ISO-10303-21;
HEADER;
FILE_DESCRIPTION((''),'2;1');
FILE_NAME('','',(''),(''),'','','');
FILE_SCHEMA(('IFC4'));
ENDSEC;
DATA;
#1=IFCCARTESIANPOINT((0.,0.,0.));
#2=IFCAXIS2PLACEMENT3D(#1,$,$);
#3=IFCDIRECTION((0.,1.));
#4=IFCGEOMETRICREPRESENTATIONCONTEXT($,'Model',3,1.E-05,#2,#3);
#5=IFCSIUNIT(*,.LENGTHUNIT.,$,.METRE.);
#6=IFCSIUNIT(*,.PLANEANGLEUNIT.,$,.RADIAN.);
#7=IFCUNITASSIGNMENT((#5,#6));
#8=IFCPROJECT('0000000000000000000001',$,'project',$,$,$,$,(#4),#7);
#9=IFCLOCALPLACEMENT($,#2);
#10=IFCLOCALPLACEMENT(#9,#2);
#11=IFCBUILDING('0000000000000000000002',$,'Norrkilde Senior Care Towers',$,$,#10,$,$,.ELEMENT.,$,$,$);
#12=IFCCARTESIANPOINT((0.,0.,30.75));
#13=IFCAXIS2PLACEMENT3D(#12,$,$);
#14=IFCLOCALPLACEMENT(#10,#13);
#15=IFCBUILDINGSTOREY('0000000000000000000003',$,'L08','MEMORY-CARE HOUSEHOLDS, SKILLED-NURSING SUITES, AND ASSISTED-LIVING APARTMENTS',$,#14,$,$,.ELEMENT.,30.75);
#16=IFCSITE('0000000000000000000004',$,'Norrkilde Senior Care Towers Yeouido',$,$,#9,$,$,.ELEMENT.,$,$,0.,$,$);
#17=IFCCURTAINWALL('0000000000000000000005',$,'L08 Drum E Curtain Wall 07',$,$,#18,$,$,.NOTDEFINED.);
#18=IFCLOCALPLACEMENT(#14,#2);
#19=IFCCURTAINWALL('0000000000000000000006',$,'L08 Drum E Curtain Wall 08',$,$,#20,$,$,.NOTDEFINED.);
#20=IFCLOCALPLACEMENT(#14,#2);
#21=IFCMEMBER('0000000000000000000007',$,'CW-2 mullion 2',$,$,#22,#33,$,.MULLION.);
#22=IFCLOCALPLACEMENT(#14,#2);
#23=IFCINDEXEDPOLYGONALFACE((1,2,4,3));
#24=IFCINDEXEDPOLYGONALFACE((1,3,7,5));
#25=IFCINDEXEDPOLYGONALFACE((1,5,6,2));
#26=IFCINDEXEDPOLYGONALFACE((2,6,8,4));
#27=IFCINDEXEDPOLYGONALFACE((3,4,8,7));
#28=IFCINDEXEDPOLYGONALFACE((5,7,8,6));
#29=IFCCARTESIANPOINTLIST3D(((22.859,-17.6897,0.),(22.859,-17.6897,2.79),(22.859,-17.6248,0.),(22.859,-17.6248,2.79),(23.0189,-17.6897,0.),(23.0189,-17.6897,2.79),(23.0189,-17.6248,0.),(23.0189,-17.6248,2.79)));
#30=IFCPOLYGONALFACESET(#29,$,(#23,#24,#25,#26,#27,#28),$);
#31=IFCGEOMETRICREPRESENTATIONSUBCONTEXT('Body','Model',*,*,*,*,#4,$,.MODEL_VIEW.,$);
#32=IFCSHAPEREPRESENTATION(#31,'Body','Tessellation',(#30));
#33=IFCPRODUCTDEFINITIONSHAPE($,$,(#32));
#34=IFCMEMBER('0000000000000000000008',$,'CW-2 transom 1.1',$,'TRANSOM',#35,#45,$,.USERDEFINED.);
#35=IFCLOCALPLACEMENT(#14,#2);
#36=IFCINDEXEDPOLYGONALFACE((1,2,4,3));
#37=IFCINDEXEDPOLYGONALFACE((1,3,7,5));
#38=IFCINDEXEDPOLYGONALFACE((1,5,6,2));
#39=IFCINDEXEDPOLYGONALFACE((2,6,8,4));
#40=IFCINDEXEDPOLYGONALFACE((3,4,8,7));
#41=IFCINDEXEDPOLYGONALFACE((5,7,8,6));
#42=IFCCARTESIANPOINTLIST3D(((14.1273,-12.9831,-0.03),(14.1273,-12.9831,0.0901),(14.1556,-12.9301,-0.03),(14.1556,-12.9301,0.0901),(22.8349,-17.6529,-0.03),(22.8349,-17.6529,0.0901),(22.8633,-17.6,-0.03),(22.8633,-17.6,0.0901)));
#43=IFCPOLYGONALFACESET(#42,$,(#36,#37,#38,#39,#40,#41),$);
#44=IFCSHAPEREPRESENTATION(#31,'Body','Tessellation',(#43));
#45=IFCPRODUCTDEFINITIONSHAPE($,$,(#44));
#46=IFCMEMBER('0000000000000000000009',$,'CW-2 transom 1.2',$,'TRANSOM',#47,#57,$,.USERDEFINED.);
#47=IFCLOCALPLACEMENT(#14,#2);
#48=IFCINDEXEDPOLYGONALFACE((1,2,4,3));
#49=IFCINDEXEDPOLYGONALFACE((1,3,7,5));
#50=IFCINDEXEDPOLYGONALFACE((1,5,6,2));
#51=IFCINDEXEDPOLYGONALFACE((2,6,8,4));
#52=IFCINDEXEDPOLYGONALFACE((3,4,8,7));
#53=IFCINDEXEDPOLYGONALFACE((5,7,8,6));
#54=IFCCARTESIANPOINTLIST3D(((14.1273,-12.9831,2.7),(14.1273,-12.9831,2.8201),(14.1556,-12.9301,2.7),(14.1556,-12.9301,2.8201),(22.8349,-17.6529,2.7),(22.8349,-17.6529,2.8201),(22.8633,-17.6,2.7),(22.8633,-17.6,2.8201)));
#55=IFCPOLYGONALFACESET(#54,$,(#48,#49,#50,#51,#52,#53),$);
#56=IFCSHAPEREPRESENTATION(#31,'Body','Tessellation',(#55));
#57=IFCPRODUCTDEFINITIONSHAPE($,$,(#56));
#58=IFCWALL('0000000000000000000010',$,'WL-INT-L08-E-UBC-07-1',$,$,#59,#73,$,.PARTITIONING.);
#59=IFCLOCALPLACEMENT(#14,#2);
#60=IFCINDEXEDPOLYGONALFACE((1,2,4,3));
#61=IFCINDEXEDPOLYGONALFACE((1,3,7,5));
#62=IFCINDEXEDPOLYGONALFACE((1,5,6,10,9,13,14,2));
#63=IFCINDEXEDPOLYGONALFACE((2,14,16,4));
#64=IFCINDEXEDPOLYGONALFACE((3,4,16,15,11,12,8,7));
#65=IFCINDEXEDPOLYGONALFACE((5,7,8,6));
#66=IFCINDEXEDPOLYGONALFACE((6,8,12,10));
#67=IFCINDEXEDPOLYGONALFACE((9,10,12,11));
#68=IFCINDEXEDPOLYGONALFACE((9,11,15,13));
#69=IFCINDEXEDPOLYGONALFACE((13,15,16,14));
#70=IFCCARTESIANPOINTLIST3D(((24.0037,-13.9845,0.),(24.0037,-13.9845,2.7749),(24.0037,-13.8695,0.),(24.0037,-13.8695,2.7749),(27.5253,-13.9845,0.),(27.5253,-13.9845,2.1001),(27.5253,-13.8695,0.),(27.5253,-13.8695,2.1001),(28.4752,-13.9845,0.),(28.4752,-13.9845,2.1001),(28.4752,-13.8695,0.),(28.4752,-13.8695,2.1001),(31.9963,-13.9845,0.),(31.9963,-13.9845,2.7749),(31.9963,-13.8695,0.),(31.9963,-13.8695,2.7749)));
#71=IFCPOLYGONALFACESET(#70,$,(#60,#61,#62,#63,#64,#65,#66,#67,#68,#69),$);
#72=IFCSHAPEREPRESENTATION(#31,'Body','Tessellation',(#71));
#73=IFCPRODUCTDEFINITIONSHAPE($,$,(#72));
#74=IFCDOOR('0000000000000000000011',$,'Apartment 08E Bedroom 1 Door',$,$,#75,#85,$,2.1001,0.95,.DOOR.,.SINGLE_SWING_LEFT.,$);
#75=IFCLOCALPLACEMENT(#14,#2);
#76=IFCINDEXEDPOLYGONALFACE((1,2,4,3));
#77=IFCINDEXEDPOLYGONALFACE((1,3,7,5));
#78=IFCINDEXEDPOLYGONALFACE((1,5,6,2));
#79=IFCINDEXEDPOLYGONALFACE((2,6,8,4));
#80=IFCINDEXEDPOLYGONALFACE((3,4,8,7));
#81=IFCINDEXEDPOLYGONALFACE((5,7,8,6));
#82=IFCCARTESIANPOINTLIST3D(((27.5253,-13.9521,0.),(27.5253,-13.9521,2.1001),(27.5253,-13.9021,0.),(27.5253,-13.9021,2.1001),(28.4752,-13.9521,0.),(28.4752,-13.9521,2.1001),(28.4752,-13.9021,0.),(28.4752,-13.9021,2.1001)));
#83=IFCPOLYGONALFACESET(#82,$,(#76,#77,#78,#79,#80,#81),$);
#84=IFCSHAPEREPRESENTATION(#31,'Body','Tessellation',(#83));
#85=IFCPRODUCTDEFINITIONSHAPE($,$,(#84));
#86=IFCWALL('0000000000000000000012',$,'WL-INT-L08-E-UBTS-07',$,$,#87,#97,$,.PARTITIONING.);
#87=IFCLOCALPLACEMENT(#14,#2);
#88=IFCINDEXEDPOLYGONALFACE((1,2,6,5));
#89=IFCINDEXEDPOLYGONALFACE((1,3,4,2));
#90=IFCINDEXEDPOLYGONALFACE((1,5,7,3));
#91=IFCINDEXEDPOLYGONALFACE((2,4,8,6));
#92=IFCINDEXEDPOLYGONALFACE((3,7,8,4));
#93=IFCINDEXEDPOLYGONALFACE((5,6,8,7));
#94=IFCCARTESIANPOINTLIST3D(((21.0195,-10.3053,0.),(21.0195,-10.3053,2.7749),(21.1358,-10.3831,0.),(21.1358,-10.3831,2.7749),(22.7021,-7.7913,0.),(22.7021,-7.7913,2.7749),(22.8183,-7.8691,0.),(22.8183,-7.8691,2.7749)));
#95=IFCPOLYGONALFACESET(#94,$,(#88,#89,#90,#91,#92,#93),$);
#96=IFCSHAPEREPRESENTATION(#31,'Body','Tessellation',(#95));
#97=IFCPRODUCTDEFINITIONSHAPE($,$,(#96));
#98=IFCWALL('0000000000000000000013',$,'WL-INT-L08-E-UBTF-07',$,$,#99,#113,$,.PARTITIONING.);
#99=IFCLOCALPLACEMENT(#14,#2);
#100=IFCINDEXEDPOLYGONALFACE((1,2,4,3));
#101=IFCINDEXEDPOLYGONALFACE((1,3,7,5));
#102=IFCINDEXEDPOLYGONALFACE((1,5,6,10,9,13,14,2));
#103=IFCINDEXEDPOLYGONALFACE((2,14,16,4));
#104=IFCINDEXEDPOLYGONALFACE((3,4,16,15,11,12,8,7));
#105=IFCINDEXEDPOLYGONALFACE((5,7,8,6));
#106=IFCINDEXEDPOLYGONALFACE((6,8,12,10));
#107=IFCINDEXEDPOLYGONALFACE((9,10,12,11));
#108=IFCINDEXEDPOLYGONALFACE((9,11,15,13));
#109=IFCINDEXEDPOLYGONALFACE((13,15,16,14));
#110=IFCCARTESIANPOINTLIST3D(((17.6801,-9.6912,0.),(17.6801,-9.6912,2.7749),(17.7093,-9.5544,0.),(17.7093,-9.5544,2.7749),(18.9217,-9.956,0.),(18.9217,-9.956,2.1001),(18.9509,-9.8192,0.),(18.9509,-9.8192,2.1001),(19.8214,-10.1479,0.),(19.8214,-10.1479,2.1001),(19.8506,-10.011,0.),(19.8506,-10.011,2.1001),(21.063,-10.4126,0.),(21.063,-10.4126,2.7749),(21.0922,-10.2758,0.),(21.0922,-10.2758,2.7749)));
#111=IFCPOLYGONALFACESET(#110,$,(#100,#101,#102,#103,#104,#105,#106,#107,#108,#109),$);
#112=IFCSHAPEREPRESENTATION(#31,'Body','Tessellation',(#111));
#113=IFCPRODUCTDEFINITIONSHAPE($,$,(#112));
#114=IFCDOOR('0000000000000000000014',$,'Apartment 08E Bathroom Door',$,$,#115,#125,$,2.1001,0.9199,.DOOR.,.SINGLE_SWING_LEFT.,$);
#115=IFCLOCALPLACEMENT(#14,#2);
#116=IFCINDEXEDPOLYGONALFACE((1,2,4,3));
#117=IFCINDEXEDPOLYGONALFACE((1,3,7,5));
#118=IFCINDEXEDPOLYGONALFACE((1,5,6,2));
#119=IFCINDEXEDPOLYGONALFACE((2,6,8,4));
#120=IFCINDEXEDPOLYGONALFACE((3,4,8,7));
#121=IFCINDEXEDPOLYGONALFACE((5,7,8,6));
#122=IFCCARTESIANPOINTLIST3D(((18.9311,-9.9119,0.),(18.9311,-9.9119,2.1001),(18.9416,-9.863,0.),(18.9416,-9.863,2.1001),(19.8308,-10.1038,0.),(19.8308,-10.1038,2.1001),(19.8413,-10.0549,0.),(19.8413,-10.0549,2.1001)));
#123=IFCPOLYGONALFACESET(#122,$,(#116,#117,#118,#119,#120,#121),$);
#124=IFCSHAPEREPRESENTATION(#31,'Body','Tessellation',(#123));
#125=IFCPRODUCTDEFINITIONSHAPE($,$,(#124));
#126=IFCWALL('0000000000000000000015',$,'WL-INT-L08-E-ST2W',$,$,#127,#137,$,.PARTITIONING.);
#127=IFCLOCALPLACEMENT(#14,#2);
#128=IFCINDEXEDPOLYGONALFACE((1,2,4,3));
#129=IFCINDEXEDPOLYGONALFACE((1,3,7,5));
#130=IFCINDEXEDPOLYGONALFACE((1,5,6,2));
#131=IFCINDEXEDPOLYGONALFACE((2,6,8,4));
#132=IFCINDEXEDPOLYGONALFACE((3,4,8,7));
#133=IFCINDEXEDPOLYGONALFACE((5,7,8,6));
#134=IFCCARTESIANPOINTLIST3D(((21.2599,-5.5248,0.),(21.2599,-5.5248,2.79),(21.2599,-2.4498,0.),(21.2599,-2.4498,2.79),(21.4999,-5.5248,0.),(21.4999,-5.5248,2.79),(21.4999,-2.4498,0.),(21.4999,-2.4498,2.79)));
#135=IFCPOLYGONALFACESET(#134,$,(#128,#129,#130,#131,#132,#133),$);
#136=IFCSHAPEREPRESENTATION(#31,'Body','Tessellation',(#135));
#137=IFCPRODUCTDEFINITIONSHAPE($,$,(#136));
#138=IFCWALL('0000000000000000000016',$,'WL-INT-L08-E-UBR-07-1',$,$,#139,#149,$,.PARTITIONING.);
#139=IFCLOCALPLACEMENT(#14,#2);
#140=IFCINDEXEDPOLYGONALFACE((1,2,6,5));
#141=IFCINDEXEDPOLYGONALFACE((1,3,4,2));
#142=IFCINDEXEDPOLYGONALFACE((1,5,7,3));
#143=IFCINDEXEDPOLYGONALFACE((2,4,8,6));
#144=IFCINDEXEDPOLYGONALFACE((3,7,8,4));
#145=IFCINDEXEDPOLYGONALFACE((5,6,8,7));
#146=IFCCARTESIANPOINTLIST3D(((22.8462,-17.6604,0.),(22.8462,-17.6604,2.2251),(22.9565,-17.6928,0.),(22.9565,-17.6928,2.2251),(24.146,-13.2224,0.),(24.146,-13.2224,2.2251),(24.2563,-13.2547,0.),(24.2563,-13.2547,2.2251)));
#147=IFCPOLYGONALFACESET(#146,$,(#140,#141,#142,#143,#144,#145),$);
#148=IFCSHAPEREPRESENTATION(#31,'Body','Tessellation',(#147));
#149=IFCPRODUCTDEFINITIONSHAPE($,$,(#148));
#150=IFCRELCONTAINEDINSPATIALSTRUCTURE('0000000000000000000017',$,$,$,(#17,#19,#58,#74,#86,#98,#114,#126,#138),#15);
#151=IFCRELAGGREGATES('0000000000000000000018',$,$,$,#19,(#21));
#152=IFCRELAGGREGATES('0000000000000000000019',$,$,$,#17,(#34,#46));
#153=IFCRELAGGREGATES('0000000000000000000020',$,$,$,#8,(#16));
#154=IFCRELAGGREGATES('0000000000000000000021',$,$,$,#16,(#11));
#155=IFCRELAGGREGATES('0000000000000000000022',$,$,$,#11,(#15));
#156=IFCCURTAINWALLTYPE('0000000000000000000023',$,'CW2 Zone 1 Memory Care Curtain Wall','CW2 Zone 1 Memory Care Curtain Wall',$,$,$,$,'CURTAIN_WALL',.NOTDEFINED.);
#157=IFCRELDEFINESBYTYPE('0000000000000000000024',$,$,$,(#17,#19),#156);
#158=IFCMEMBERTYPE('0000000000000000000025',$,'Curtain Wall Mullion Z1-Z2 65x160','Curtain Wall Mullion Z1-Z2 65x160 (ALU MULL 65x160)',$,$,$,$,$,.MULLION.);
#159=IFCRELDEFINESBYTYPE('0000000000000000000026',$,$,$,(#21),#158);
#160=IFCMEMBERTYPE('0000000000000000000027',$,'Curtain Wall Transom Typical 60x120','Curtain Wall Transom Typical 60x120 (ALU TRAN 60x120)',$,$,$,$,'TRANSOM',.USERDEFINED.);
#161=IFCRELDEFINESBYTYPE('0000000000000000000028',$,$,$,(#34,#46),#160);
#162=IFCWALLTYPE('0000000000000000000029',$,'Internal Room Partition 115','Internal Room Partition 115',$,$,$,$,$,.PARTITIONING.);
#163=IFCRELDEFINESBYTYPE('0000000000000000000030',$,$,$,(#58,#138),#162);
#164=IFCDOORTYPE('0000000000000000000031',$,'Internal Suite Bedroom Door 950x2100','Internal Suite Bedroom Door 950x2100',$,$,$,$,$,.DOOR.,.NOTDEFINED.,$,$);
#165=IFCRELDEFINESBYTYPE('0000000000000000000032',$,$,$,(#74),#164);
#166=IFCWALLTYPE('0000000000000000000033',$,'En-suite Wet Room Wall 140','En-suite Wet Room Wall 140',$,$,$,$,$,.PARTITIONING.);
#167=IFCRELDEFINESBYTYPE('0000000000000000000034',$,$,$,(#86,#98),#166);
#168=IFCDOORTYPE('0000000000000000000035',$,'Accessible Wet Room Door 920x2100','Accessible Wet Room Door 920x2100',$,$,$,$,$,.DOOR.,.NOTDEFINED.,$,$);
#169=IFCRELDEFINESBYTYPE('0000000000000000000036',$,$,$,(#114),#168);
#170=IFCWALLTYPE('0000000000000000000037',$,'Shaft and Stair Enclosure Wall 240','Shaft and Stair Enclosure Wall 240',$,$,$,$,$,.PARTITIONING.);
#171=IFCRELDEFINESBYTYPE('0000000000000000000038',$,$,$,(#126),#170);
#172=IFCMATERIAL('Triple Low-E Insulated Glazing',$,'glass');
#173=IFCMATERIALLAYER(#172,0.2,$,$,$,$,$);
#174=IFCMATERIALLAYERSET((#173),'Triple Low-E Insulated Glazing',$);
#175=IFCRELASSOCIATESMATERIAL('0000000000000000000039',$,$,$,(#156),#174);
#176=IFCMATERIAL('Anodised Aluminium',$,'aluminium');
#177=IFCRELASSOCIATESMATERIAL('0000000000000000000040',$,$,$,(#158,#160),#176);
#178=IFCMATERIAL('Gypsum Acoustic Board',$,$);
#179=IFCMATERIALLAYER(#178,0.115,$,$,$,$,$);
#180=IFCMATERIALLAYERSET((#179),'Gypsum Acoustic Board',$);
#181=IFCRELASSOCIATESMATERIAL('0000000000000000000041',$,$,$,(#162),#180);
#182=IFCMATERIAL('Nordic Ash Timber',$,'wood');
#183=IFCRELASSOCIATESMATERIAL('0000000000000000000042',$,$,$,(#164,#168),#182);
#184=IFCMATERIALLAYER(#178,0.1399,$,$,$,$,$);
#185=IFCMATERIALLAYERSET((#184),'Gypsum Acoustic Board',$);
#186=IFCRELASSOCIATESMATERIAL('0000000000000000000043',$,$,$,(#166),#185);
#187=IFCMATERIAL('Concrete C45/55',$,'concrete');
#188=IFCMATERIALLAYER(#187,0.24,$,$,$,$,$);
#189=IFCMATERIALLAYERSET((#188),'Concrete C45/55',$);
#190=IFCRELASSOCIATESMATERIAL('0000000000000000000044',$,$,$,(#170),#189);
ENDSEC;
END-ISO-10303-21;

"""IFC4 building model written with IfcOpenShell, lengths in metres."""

from ifc_helpers import new_model, si_unit, direction, frame, frame_2d, origin, origin_2d, place, context, subcontext, project, spatial, rectangle, extrude, source, transform, mapped, material, layer, layer_set, material_profile, profile_set, type_object, type_shapes, element, fill, aggregate, save


model = new_model("IFC4")

# Units and contexts
model_context = context("Model", 3, precision=1e-05, world=origin(), true_north=direction((0.0, 1.0)))
body_context = subcontext(model_context, "Body", "Model", "MODEL_VIEW")
ifc_project = project(units=[si_unit("LENGTHUNIT", "METRE"), si_unit("PLANEANGLEUNIT", "RADIAN")], contexts=[model_context])

# Site, building, storey
site_placement = place(None, origin())
site = spatial("IfcSite", under=ifc_project, at=site_placement, Name="Norrkilde Senior Care Towers Yeouido", CompositionType="ELEMENT", RefElevation=0.0)
building_placement = place(site_placement, origin())
building = spatial("IfcBuilding", under=site, at=building_placement, Name="Norrkilde Senior Care Towers", CompositionType="ELEMENT")
storey_placement = place(building_placement, frame((0.0, 0.0, 30.75)))
storey = spatial("IfcBuildingStorey", under=building, at=storey_placement, Name="L08", Description="MEMORY-CARE HOUSEHOLDS, SKILLED-NURSING SUITES, AND ASSISTED-LIVING APARTMENTS", CompositionType="ELEMENT", Elevation=30.75)

# Curtain walls, member
ifc_material_1 = material(Name="Triple Low-E Insulated Glazing", Category="glass")
ifc_layer_1 = layer(ifc_material_1, 0.2)
ifc_layer_set_1 = layer_set([ifc_layer_1], Name="Triple Low-E Insulated Glazing")
curtain_wall_type = type_object("IfcCurtainWallType", Name="CW2 Zone 1 Memory Care Curtain Wall", Description="CW2 Zone 1 Memory Care Curtain Wall", ElementType="CURTAIN_WALL", PredefinedType="NOTDEFINED", material=ifc_layer_set_1)
curtain_wall_1_placement = place(storey_placement, origin())
curtain_wall_1 = element("IfcCurtainWall", 1, at=curtain_wall_1_placement, inside=storey, type_object=curtain_wall_type, Name="L08 Drum E Curtain Wall 07", PredefinedType="NOTDEFINED")
ifc_material_2 = material(Name="Anodised Aluminium", Category="aluminium")
ifc_material_profile_1 = material_profile(ifc_material_2, rectangle(XDim=0.0649, YDim=0.1599, at=origin_2d()), Name="ALU MULL 65x160")
ifc_profile_set_1 = profile_set([ifc_material_profile_1], Name="Anodised Aluminium")
member_type_1 = type_object("IfcMemberType", Name="Curtain Wall Mullion Z1-Z2 65x160", Description="Curtain Wall Mullion Z1-Z2 65x160 (ALU MULL 65x160)", PredefinedType="MULLION", material=ifc_profile_set_1)
shared_shape_1 = source(origin(), body_context, "Body", "SweptSolid", [
    extrude(rectangle(XDim=0.0649, YDim=0.1599, at=origin_2d()), origin(), (0.0, 0.0, 1.0), 2.79),
])
type_shapes(member_type_1, [shared_shape_1])
curtain_wall_2_placement = place(storey_placement, origin())
curtain_wall_2 = element("IfcCurtainWall", 2, at=curtain_wall_2_placement, inside=storey, type_object=curtain_wall_type, Name="L08 Drum E Curtain Wall 08", PredefinedType="NOTDEFINED")
member_1_placement = place(storey_placement, frame((22.939, -17.6572, 0.0), z_axis=(0.0, 0.0, 1.0), x_axis=(0.0, -1.0, 0.0)))
member_1 = element("IfcMember", 3, at=member_1_placement, type_object=member_type_1, Name="CW-2 mullion 2", PredefinedType="MULLION", context=body_context, shape_type="MappedRepresentation", body=[
    mapped(shared_shape_1, transform((0.0, 0.0, 0.0), x_axis=(1.0, 0.0, 0.0), y_axis=(0.0, 1.0, 0.0), z_axis=(0.0, 0.0, 1.0), scale=1.0)),
])
aggregate(curtain_wall_2, [member_1])

# Members
ifc_material_profile_2 = material_profile(ifc_material_2, rectangle(XDim=0.0601, YDim=0.1201, at=origin_2d()), Name="ALU TRAN 60x120")
ifc_profile_set_2 = profile_set([ifc_material_profile_2], Name="Anodised Aluminium")
member_type_2 = type_object("IfcMemberType", Name="Curtain Wall Transom Typical 60x120", Description="Curtain Wall Transom Typical 60x120 (ALU TRAN 60x120)", ElementType="TRANSOM", PredefinedType="USERDEFINED", material=ifc_profile_set_2)
shared_shape_2 = source(origin(), body_context, "Body", "SweptSolid", [
    extrude(rectangle(XDim=0.0601, YDim=0.1201, at=origin_2d()), origin(), (0.0, 0.0, 1.0), 9.8809),
])
type_shapes(member_type_2, [shared_shape_2])
member_2_placement = place(storey_placement, frame((22.8491, -17.6265, 0.03), z_axis=(-0.881267, 0.472618, 0.0), x_axis=(-0.472618, -0.881267, 0.0)))
member_2 = element("IfcMember", 4, at=member_2_placement, type_object=member_type_2, Name="CW-2 transom 1.1", ObjectType="TRANSOM", PredefinedType="USERDEFINED", context=body_context, shape_type="MappedRepresentation", body=[
    mapped(shared_shape_2, transform((0.0, 0.0, 0.0), x_axis=(1.0, 0.0, 0.0), y_axis=(0.0, 1.0, 0.0), z_axis=(0.0, 0.0, 1.0), scale=1.0)),
])
member_3_placement = place(storey_placement, frame((22.8491, -17.6265, 2.76), z_axis=(-0.881267, 0.472618, 0.0), x_axis=(-0.472618, -0.881267, 0.0)))
member_3 = element("IfcMember", 5, at=member_3_placement, type_object=member_type_2, Name="CW-2 transom 1.2", ObjectType="TRANSOM", PredefinedType="USERDEFINED", context=body_context, shape_type="MappedRepresentation", body=[
    mapped(shared_shape_2, transform((0.0, 0.0, 0.0), x_axis=(1.0, 0.0, 0.0), y_axis=(0.0, 1.0, 0.0), z_axis=(0.0, 0.0, 1.0), scale=1.0)),
])
aggregate(curtain_wall_1, [member_2, member_3])

# Wall, opening, door
ifc_material_3 = material(Name="Gypsum Acoustic Board")
ifc_layer_2 = layer(ifc_material_3, 0.115)
ifc_layer_set_2 = layer_set([ifc_layer_2], Name="Gypsum Acoustic Board")
wall_type_1 = type_object("IfcWallType", Name="Internal Room Partition 115", Description="Internal Room Partition 115", PredefinedType="PARTITIONING", material=ifc_layer_set_2)
shared_shape_3 = source(origin(), body_context, "Body", "SweptSolid", [
    extrude(rectangle(XDim=7.9927, YDim=0.115, at=frame_2d((3.9963, 0.0))), origin(), (0.0, 0.0, 1.0), 2.7749),
])
wall_1_placement = place(storey_placement, frame((24.0037, -13.927, 0.0), z_axis=(0.0, 0.0, 1.0), x_axis=(1.0, 0.0, 0.0)))
wall_1 = element("IfcWall", 6, at=wall_1_placement, inside=storey, type_object=wall_type_1, Name="WL-INT-L08-E-UBC-07-1", PredefinedType="PARTITIONING", context=body_context, shape_type="MappedRepresentation", body=[
    mapped(shared_shape_3, transform((0.0, 0.0, 0.0), x_axis=(1.0, 0.0, 0.0), y_axis=(0.0, 1.0, 0.0), z_axis=(0.0, 0.0, 1.0), scale=1.0)),
])
opening_1_placement = place(wall_1_placement, frame((3.5215, 0.0, 0.0)))
opening_1 = element("IfcOpeningElement", 7, at=opening_1_placement, cuts=wall_1, PredefinedType="OPENING", context=body_context, shape_type="SweptSolid", body=[
    extrude(rectangle(XDim=0.95, YDim=2.1001, at=frame_2d((0.4751, 1.05))), frame((0.0, 0.0674, 0.0), z_axis=(0.0, -1.0, 0.0), x_axis=(1.0, 0.0, 0.0)), (0.0, 0.0, 1.0), 0.135),
])
ifc_material_4 = material(Name="Nordic Ash Timber", Category="wood")
door_type_1 = type_object("IfcDoorType", Name="Internal Suite Bedroom Door 950x2100", Description="Internal Suite Bedroom Door 950x2100", OperationType="NOTDEFINED", PredefinedType="DOOR", material=ifc_material_4)
shared_shape_4 = source(origin(), body_context, "Body", "SweptSolid", [
    extrude(rectangle(XDim=0.95, YDim=2.1001, at=frame_2d((0.4751, 1.05))), frame((0.0, 0.0249, 0.0), z_axis=(0.0, -1.0, 0.0), x_axis=(1.0, 0.0, 0.0)), (0.0, 0.0, 1.0), 0.05),
])
type_shapes(door_type_1, [shared_shape_4])
door_1_placement = place(opening_1_placement, origin())
door_1 = element("IfcDoor", 8, at=door_1_placement, inside=storey, type_object=door_type_1, Name="Apartment 08E Bedroom 1 Door", OperationType="SINGLE_SWING_LEFT", OverallHeight=2.1001, OverallWidth=0.95, PredefinedType="DOOR", context=body_context, shape_type="MappedRepresentation", body=[
    mapped(shared_shape_4, transform((0.0, 0.0, 0.0), x_axis=(1.0, 0.0, 0.0), y_axis=(0.0, 1.0, 0.0), z_axis=(0.0, 0.0, 1.0), scale=1.0)),
])
fill(opening_1, door_1)

# Wall
ifc_layer_3 = layer(ifc_material_3, 0.1399)
ifc_layer_set_3 = layer_set([ifc_layer_3], Name="Gypsum Acoustic Board")
wall_type_2 = type_object("IfcWallType", Name="En-suite Wet Room Wall 140", Description="En-suite Wet Room Wall 140", PredefinedType="PARTITIONING", material=ifc_layer_set_3)
shared_shape_5 = source(origin(), body_context, "Body", "SweptSolid", [
    extrude(rectangle(XDim=3.0251, YDim=0.1399, at=frame_2d((1.5127, 0.0))), origin(), (0.0, 0.0, 1.0), 2.7749),
])
wall_2_placement = place(storey_placement, frame((22.7603, -7.8301, 0.0), z_axis=(0.0, 0.0, 1.0), x_axis=(-0.556189, -0.831056, 0.0)))
element("IfcWall", 9, at=wall_2_placement, inside=storey, type_object=wall_type_2, Name="WL-INT-L08-E-UBTS-07", PredefinedType="PARTITIONING", context=body_context, shape_type="MappedRepresentation", body=[
    mapped(shared_shape_5, transform((0.0, 0.0, 0.0), x_axis=(1.0, 0.0, 0.0), y_axis=(0.0, 1.0, 0.0), z_axis=(0.0, 0.0, 1.0), scale=1.0)),
])

# Wall, opening, door
shared_shape_6 = source(origin(), body_context, "Body", "SweptSolid", [
    extrude(rectangle(XDim=3.459, YDim=0.1399, at=frame_2d((1.7295, 0.0))), origin(), (0.0, 0.0, 1.0), 2.7749),
])
type_shapes(wall_type_2, [shared_shape_5, shared_shape_6])
wall_3_placement = place(storey_placement, frame((21.0776, -10.3442, 0.0), z_axis=(0.0, 0.0, 1.0), x_axis=(-0.978006, 0.208575, 0.0)))
wall_3 = element("IfcWall", 10, at=wall_3_placement, inside=storey, type_object=wall_type_2, Name="WL-INT-L08-E-UBTF-07", PredefinedType="PARTITIONING", context=body_context, shape_type="MappedRepresentation", body=[
    mapped(shared_shape_6, transform((0.0, 0.0, 0.0), x_axis=(1.0, 0.0, 0.0), y_axis=(0.0, 1.0, 0.0), z_axis=(0.0, 0.0, 1.0), scale=1.0)),
])
opening_2_placement = place(wall_3_placement, frame((1.2695, 0.0, 0.0)))
opening_2 = element("IfcOpeningElement", 11, at=opening_2_placement, cuts=wall_3, PredefinedType="OPENING", context=body_context, shape_type="SweptSolid", body=[
    extrude(rectangle(XDim=0.9199, YDim=2.1001, at=frame_2d((0.46, 1.05))), frame((0.0, 0.0798, 0.0), z_axis=(0.0, -1.0, 0.0), x_axis=(1.0, 0.0, 0.0)), (0.0, 0.0, 1.0), 0.1599),
])
door_type_2 = type_object("IfcDoorType", Name="Accessible Wet Room Door 920x2100", Description="Accessible Wet Room Door 920x2100", OperationType="NOTDEFINED", PredefinedType="DOOR", material=ifc_material_4)
shared_shape_7 = source(origin(), body_context, "Body", "SweptSolid", [
    extrude(rectangle(XDim=0.9199, YDim=2.1001, at=frame_2d((0.46, 1.05))), frame((0.0, 0.0249, 0.0), z_axis=(0.0, -1.0, 0.0), x_axis=(1.0, 0.0, 0.0)), (0.0, 0.0, 1.0), 0.05),
])
type_shapes(door_type_2, [shared_shape_7])
door_2_placement = place(opening_2_placement, origin())
door_2 = element("IfcDoor", 12, at=door_2_placement, inside=storey, type_object=door_type_2, Name="Apartment 08E Bathroom Door", OperationType="SINGLE_SWING_LEFT", OverallHeight=2.1001, OverallWidth=0.9199, PredefinedType="DOOR", context=body_context, shape_type="MappedRepresentation", body=[
    mapped(shared_shape_7, transform((0.0, 0.0, 0.0), x_axis=(1.0, 0.0, 0.0), y_axis=(0.0, 1.0, 0.0), z_axis=(0.0, 0.0, 1.0), scale=1.0)),
])
fill(opening_2, door_2)
ifc_material_5 = material(Name="Concrete C45/55", Category="concrete")
ifc_layer_4 = layer(ifc_material_5, 0.24)
ifc_layer_set_4 = layer_set([ifc_layer_4], Name="Concrete C45/55")
wall_type_3 = type_object("IfcWallType", Name="Shaft and Stair Enclosure Wall 240", Description="Shaft and Stair Enclosure Wall 240", PredefinedType="PARTITIONING", material=ifc_layer_set_4)

# Walls
shared_shape_8 = source(origin(), body_context, "Body", "SweptSolid", [
    extrude(rectangle(XDim=3.075, YDim=0.24, at=frame_2d((1.5376, 0.0))), origin(), (0.0, 0.0, 1.0), 2.79),
])
wall_4_placement = place(storey_placement, frame((21.3799, -5.5249, 0.0), z_axis=(0.0, 0.0, 1.0), x_axis=(0.0, 1.0, 0.0)))
element("IfcWall", 13, at=wall_4_placement, inside=storey, type_object=wall_type_3, Name="WL-INT-L08-E-ST2W", PredefinedType="PARTITIONING", context=body_context, shape_type="MappedRepresentation", body=[
    mapped(shared_shape_8, transform((0.0, 0.0, 0.0), x_axis=(1.0, 0.0, 0.0), y_axis=(0.0, 1.0, 0.0), z_axis=(0.0, 0.0, 1.0), scale=1.0)),
])
shared_shape_9 = source(origin(), body_context, "Body", "SweptSolid", [
    extrude(rectangle(XDim=4.6245, YDim=0.115, at=frame_2d((2.3123, 0.0))), origin(), (0.0, 0.0, 1.0), 2.2251),
])
wall_5_placement = place(storey_placement, frame((24.2012, -13.2385, 0.0), z_axis=(0.0, 0.0, 1.0), x_axis=(-0.281074, -0.959686, 0.0)))
element("IfcWall", 14, at=wall_5_placement, inside=storey, type_object=wall_type_1, Name="WL-INT-L08-E-UBR-07-1", PredefinedType="PARTITIONING", context=body_context, shape_type="MappedRepresentation", body=[
    mapped(shared_shape_9, transform((0.0, 0.0, 0.0), x_axis=(1.0, 0.0, 0.0), y_axis=(0.0, 1.0, 0.0), z_axis=(0.0, 0.0, 1.0), scale=1.0)),
])

save(model, "model.ifc")
